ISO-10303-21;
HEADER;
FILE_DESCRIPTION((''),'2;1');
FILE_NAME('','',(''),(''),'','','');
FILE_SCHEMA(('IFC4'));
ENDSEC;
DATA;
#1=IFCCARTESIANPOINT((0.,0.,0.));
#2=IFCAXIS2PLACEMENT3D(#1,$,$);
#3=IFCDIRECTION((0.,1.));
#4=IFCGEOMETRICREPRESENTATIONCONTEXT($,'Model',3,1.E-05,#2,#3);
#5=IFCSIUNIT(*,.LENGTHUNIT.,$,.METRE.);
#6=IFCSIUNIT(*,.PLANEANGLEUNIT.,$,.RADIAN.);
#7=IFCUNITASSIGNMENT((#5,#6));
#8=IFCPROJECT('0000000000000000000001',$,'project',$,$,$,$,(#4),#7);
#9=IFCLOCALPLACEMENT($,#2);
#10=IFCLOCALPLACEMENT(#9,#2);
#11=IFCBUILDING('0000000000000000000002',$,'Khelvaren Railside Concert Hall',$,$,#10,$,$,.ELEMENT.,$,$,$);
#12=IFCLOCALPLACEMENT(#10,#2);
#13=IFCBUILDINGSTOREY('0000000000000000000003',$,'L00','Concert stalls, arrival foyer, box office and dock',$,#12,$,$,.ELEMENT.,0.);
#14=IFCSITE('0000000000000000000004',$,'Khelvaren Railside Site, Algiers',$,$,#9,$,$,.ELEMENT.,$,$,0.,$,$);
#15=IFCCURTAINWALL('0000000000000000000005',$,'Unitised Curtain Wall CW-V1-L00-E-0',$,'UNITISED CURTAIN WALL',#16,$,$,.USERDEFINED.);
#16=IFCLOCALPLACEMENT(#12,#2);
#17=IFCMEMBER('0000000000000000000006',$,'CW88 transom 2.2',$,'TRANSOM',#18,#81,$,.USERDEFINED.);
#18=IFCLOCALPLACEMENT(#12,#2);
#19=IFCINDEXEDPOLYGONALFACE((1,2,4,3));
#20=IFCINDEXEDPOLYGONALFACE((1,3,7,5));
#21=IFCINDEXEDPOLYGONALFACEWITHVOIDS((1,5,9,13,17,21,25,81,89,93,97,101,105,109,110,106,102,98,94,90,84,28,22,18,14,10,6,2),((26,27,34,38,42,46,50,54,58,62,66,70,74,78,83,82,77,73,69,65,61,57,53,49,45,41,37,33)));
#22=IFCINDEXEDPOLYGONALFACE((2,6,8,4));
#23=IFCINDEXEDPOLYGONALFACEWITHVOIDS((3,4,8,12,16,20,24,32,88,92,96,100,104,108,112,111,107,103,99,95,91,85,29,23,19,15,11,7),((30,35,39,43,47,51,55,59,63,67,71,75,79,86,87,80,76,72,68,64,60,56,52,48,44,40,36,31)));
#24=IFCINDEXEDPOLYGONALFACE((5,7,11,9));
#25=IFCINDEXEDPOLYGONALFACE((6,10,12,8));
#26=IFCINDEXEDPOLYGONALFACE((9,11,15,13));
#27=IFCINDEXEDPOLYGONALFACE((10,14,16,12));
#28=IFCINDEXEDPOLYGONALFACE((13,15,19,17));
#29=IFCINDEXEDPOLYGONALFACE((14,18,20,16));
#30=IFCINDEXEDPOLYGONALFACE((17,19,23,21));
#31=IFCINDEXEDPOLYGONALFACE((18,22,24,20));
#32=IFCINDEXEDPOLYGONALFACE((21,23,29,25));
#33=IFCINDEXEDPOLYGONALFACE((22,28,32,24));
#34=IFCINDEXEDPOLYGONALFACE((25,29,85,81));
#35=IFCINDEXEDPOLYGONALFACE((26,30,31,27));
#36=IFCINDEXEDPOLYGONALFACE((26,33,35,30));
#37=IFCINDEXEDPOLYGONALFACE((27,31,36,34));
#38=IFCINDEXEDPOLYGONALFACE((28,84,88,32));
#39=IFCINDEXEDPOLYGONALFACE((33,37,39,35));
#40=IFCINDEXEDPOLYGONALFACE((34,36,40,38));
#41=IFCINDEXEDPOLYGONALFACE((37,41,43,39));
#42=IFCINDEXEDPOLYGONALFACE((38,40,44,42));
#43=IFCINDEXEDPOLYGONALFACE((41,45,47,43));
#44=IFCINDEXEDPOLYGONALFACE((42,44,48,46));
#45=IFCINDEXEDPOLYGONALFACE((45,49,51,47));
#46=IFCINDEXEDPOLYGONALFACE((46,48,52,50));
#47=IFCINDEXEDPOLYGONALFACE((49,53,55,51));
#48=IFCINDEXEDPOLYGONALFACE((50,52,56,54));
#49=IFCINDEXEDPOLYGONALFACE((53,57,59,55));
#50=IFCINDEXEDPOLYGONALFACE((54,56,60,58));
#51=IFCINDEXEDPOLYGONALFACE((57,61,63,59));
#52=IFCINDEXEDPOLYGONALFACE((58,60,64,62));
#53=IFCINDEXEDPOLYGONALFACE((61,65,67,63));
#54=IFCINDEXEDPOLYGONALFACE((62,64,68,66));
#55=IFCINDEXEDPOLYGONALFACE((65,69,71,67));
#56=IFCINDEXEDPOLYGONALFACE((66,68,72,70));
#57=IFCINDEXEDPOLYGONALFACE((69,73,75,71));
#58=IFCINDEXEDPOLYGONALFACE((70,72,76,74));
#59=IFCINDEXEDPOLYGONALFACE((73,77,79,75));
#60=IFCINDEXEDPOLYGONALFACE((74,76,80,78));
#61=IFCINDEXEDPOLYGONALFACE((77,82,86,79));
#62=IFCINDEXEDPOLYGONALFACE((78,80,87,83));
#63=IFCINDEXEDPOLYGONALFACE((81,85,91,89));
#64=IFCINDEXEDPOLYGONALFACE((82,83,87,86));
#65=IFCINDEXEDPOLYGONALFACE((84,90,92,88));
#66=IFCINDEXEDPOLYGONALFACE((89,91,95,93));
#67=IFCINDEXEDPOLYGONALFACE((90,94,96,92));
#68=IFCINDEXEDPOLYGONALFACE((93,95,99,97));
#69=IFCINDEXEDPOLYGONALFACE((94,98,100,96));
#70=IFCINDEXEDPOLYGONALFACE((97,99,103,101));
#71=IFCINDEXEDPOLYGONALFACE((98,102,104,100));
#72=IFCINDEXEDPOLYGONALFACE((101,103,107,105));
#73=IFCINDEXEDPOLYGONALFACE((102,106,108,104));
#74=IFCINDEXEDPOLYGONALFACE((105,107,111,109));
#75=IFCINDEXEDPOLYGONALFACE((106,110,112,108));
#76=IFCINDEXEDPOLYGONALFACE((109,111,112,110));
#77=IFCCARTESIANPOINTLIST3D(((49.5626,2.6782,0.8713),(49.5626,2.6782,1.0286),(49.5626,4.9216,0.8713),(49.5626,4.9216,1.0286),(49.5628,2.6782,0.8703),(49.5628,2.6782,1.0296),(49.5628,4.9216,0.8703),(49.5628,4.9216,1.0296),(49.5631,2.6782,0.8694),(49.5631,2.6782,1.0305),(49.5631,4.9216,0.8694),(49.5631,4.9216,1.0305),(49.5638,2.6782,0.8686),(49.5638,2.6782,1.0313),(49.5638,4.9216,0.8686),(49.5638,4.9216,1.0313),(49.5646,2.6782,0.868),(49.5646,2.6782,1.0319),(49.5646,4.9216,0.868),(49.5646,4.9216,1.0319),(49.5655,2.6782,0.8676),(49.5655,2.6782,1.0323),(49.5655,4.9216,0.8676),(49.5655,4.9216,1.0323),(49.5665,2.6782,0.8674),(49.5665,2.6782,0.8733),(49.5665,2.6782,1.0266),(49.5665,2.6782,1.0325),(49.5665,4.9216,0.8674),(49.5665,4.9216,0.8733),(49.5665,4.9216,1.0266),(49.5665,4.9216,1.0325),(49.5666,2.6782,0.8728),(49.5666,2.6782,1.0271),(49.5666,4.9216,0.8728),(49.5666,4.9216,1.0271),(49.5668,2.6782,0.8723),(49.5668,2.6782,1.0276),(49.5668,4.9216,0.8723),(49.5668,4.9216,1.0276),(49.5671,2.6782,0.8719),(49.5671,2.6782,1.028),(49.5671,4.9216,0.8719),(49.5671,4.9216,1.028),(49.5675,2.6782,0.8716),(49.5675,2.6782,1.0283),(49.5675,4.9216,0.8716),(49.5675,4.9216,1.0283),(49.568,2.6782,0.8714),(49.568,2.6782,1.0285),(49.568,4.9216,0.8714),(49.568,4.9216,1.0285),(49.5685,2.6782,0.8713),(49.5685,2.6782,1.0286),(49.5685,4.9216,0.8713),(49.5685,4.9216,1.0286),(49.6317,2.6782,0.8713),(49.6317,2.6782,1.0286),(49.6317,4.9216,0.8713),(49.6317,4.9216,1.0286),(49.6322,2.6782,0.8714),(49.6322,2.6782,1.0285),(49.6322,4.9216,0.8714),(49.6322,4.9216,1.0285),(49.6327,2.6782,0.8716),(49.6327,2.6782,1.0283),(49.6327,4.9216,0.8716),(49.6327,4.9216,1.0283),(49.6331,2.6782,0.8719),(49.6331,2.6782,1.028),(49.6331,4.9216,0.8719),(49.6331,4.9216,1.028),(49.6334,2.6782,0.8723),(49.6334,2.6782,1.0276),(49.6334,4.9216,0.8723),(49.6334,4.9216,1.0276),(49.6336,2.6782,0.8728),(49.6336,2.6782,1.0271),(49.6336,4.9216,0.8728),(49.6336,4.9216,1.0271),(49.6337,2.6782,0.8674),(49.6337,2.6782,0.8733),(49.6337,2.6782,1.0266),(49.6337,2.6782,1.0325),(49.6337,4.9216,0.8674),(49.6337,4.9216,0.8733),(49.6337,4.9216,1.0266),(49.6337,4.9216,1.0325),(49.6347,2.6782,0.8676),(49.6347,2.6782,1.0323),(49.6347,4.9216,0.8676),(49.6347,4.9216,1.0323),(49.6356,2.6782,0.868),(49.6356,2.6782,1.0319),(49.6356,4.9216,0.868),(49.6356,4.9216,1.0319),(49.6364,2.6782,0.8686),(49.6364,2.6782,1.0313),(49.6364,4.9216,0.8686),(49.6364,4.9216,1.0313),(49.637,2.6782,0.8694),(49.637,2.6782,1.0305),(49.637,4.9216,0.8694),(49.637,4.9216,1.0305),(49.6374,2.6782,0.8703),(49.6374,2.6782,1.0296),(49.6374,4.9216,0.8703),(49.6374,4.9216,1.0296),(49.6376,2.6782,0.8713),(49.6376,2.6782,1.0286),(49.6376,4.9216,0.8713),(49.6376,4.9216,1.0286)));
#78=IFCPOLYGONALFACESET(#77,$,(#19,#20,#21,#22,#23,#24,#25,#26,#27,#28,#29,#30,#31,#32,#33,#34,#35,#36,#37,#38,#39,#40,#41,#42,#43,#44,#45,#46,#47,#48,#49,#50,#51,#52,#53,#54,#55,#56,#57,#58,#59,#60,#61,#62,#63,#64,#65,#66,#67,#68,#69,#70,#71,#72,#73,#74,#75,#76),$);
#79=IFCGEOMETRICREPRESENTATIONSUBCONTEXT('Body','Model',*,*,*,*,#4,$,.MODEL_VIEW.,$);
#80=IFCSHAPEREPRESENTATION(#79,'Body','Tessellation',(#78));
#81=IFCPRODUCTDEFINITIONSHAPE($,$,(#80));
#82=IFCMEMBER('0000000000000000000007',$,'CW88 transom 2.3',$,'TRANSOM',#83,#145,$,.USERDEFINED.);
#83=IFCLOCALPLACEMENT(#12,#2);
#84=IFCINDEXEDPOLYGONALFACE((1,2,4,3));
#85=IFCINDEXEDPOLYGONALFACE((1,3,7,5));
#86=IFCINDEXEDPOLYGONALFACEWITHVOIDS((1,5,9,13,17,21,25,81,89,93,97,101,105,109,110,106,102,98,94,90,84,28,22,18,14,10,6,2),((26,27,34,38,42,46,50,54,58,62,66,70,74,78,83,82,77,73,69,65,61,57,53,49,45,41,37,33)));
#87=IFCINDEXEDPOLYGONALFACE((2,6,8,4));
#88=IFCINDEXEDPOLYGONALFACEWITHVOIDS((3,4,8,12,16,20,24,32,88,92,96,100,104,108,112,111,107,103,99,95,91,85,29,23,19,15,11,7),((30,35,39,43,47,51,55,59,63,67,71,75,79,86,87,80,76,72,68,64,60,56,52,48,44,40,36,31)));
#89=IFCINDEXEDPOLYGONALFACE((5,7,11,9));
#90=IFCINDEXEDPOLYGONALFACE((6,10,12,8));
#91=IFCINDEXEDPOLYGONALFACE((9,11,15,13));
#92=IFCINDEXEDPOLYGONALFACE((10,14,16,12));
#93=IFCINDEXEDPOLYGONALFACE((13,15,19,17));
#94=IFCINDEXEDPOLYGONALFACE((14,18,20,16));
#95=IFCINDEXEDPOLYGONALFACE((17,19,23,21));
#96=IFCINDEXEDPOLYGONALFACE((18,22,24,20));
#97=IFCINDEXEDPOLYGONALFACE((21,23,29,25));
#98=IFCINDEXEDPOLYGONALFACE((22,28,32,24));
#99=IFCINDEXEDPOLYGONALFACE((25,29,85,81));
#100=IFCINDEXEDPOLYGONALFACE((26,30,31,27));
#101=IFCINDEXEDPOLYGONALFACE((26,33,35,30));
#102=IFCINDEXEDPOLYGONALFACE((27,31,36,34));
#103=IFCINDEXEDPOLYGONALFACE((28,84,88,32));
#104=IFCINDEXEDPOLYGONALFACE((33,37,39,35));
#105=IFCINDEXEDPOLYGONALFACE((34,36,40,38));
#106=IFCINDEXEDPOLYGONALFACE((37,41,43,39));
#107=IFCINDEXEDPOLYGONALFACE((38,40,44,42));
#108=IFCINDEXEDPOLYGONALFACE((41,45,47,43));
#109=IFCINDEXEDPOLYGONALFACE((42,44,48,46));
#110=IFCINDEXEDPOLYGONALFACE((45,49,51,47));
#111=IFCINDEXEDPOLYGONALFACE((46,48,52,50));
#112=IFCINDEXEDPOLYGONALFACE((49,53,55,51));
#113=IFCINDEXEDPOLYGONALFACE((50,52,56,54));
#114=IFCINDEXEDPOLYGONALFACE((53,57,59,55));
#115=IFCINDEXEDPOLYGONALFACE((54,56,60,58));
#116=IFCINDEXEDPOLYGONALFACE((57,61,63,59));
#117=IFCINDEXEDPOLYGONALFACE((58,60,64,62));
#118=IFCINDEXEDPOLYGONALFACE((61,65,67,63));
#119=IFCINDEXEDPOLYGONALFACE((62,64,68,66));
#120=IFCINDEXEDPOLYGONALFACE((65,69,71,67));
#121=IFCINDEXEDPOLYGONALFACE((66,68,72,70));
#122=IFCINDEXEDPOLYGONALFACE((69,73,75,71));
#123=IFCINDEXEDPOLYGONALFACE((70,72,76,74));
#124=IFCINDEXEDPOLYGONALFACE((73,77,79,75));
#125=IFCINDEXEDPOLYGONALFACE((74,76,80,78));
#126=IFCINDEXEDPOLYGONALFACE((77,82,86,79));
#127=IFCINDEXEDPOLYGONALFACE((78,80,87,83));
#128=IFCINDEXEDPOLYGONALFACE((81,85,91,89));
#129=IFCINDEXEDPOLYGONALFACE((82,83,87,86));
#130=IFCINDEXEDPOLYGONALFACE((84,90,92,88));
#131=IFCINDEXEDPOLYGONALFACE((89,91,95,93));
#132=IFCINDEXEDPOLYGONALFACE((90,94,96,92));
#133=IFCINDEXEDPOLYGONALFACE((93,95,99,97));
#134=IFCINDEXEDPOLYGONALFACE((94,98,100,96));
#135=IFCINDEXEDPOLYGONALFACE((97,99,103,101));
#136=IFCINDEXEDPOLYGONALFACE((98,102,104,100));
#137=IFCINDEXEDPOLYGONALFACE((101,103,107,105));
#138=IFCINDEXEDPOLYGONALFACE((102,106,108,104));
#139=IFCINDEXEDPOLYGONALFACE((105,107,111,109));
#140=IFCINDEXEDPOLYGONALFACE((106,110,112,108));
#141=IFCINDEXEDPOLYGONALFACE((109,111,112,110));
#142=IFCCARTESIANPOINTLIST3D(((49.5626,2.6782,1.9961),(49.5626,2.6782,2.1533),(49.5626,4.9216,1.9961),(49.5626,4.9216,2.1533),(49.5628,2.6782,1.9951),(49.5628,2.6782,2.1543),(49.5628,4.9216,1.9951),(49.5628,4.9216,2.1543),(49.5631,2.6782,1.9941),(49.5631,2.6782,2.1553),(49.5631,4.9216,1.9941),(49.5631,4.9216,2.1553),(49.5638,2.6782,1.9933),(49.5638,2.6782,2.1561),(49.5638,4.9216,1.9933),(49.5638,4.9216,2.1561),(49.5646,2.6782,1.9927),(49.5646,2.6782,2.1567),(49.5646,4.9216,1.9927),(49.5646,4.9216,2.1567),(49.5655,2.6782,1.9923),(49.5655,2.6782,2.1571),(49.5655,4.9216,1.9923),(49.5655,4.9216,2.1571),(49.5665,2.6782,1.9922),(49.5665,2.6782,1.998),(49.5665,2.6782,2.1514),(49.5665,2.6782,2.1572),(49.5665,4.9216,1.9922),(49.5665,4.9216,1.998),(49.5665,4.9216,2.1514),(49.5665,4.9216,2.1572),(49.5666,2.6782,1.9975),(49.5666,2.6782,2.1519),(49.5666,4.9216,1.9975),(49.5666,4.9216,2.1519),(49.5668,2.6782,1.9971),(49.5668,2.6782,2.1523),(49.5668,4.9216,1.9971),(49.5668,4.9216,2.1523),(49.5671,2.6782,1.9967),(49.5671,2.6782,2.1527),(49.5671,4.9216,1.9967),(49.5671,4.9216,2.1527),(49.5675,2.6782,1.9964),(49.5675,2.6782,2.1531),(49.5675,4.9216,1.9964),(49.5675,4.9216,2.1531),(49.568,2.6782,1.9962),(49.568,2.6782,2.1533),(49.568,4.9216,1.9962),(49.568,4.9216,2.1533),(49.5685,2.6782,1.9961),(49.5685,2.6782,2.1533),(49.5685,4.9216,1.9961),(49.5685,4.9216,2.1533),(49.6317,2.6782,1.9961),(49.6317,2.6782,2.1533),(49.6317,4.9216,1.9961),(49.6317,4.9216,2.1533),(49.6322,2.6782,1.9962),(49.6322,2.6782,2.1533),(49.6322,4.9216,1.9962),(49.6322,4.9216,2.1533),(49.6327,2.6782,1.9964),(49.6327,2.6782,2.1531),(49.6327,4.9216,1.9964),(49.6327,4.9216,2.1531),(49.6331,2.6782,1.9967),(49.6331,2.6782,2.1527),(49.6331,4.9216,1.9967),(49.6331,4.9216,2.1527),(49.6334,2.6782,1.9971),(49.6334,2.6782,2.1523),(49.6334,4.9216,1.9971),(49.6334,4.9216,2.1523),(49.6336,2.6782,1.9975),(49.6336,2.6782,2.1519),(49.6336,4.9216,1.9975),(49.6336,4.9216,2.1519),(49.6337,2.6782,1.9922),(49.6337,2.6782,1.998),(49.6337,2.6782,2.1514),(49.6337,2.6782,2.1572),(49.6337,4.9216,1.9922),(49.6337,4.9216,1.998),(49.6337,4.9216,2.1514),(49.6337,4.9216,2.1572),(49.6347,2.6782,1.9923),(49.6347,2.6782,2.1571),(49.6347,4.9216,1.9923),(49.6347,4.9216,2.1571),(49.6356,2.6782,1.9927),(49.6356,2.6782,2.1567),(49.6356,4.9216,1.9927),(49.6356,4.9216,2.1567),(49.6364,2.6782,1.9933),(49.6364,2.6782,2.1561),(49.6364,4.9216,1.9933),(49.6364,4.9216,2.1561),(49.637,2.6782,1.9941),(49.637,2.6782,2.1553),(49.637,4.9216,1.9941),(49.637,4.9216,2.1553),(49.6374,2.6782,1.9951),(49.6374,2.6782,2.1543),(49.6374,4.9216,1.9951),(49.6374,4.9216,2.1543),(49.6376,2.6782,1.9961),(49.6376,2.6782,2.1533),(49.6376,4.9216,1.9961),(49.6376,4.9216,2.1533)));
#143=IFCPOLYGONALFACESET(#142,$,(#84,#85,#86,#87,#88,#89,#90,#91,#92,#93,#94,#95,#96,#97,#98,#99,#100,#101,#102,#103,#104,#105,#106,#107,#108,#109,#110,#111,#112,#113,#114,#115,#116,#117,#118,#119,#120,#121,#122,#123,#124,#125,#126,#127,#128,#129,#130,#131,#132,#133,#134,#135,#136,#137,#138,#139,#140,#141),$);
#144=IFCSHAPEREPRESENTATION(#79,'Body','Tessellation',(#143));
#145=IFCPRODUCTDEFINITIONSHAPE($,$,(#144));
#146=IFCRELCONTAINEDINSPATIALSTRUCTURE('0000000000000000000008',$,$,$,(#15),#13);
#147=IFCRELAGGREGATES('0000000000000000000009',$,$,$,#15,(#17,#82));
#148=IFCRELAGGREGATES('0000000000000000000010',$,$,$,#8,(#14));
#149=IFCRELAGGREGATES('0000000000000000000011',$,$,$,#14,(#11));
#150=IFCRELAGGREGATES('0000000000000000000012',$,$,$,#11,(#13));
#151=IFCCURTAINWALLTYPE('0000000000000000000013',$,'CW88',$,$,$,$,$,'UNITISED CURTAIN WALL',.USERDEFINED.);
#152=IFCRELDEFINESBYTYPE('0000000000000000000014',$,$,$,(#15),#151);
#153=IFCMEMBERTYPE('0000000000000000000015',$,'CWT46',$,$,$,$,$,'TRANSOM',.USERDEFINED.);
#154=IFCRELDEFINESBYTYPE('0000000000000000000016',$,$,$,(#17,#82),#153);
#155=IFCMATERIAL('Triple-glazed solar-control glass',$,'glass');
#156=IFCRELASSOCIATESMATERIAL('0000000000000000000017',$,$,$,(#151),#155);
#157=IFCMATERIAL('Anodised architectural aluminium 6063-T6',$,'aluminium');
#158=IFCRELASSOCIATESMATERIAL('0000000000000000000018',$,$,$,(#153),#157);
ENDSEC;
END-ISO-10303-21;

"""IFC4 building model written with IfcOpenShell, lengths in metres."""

from ifc_helpers import new_model, si_unit, direction, frame, origin, origin_2d, place, context, subcontext, project, spatial, hollow_rectangle, extrude, material, material_profile, profile_set, type_object, element, aggregate, save


model = new_model("IFC4")

# Units and contexts
model_context = context("Model", 3, precision=1e-05, world=origin(), true_north=direction((0.0, 1.0)))
body_context = subcontext(model_context, "Body", "Model", "MODEL_VIEW")
ifc_project = project(units=[si_unit("LENGTHUNIT", "METRE"), si_unit("PLANEANGLEUNIT", "RADIAN")], contexts=[model_context])

# Site, building, storey
site_placement = place(None, origin())
site = spatial("IfcSite", under=ifc_project, at=site_placement, Name="Khelvaren Railside Site, Algiers", CompositionType="ELEMENT", RefElevation=0.0)
building_placement = place(site_placement, origin())
building = spatial("IfcBuilding", under=site, at=building_placement, Name="Khelvaren Railside Concert Hall", CompositionType="ELEMENT")
storey_placement = place(building_placement, origin())
storey = spatial("IfcBuildingStorey", under=building, at=storey_placement, Name="L00", Description="Concert stalls, arrival foyer, box office and dock", CompositionType="ELEMENT", Elevation=0.0)

# Curtain wall, members
ifc_material_1 = material(Name="Triple-glazed solar-control glass", Category="glass")
curtain_wall_type = type_object("IfcCurtainWallType", Name="CW88", ElementType="UNITISED CURTAIN WALL", PredefinedType="USERDEFINED", material=ifc_material_1)
curtain_wall_placement = place(storey_placement, origin())
curtain_wall = element("IfcCurtainWall", 1, at=curtain_wall_placement, inside=storey, type_object=curtain_wall_type, Name="Unitised Curtain Wall CW-V1-L00-E-0", ObjectType="UNITISED CURTAIN WALL", PredefinedType="USERDEFINED")
ifc_material_2 = material(Name="Anodised architectural aluminium 6063-T6", Category="aluminium")
ifc_material_profile_1 = material_profile(ifc_material_2, hollow_rectangle(XDim=0.075, YDim=0.165, WallThickness=0.0039, InnerFilletRadius=0.002, OuterFilletRadius=0.0039, at=origin_2d()), Name="CWT 75x165x4")
ifc_profile_set_1 = profile_set([ifc_material_profile_1], Name="Anodised architectural aluminium 6063-T6")
member_type_1 = type_object("IfcMemberType", Name="CWT46", ElementType="TRANSOM", PredefinedType="USERDEFINED", material=ifc_profile_set_1)
member_1_placement = place(storey_placement, frame((49.6001, 4.9216, 0.95), z_axis=(0.0, -1.0, 0.0), x_axis=(1.0, 0.0, 0.0)))
member_1 = element("IfcMember", 2, at=member_1_placement, type_object=member_type_1, Name="CW88 transom 2.2", ObjectType="TRANSOM", PredefinedType="USERDEFINED", context=body_context, shape_type="SweptSolid", body=[
    extrude(hollow_rectangle(XDim=0.075, YDim=0.165, WallThickness=0.0039, InnerFilletRadius=0.002, OuterFilletRadius=0.0039, at=origin_2d()), origin(), (0.0, 0.0, 1.0), 2.2434),
])
member_2_placement = place(storey_placement, frame((49.6001, 4.9216, 2.0747), z_axis=(0.0, -1.0, 0.0), x_axis=(1.0, 0.0, 0.0)))
member_2 = element("IfcMember", 3, at=member_2_placement, type_object=member_type_1, Name="CW88 transom 2.3", ObjectType="TRANSOM", PredefinedType="USERDEFINED", context=body_context, shape_type="SweptSolid", body=[
    extrude(hollow_rectangle(XDim=0.075, YDim=0.165, WallThickness=0.0039, InnerFilletRadius=0.002, OuterFilletRadius=0.0039, at=origin_2d()), origin(), (0.0, 0.0, 1.0), 2.2434),
])
aggregate(curtain_wall, [member_1, member_2])

save(model, "model.ifc")
